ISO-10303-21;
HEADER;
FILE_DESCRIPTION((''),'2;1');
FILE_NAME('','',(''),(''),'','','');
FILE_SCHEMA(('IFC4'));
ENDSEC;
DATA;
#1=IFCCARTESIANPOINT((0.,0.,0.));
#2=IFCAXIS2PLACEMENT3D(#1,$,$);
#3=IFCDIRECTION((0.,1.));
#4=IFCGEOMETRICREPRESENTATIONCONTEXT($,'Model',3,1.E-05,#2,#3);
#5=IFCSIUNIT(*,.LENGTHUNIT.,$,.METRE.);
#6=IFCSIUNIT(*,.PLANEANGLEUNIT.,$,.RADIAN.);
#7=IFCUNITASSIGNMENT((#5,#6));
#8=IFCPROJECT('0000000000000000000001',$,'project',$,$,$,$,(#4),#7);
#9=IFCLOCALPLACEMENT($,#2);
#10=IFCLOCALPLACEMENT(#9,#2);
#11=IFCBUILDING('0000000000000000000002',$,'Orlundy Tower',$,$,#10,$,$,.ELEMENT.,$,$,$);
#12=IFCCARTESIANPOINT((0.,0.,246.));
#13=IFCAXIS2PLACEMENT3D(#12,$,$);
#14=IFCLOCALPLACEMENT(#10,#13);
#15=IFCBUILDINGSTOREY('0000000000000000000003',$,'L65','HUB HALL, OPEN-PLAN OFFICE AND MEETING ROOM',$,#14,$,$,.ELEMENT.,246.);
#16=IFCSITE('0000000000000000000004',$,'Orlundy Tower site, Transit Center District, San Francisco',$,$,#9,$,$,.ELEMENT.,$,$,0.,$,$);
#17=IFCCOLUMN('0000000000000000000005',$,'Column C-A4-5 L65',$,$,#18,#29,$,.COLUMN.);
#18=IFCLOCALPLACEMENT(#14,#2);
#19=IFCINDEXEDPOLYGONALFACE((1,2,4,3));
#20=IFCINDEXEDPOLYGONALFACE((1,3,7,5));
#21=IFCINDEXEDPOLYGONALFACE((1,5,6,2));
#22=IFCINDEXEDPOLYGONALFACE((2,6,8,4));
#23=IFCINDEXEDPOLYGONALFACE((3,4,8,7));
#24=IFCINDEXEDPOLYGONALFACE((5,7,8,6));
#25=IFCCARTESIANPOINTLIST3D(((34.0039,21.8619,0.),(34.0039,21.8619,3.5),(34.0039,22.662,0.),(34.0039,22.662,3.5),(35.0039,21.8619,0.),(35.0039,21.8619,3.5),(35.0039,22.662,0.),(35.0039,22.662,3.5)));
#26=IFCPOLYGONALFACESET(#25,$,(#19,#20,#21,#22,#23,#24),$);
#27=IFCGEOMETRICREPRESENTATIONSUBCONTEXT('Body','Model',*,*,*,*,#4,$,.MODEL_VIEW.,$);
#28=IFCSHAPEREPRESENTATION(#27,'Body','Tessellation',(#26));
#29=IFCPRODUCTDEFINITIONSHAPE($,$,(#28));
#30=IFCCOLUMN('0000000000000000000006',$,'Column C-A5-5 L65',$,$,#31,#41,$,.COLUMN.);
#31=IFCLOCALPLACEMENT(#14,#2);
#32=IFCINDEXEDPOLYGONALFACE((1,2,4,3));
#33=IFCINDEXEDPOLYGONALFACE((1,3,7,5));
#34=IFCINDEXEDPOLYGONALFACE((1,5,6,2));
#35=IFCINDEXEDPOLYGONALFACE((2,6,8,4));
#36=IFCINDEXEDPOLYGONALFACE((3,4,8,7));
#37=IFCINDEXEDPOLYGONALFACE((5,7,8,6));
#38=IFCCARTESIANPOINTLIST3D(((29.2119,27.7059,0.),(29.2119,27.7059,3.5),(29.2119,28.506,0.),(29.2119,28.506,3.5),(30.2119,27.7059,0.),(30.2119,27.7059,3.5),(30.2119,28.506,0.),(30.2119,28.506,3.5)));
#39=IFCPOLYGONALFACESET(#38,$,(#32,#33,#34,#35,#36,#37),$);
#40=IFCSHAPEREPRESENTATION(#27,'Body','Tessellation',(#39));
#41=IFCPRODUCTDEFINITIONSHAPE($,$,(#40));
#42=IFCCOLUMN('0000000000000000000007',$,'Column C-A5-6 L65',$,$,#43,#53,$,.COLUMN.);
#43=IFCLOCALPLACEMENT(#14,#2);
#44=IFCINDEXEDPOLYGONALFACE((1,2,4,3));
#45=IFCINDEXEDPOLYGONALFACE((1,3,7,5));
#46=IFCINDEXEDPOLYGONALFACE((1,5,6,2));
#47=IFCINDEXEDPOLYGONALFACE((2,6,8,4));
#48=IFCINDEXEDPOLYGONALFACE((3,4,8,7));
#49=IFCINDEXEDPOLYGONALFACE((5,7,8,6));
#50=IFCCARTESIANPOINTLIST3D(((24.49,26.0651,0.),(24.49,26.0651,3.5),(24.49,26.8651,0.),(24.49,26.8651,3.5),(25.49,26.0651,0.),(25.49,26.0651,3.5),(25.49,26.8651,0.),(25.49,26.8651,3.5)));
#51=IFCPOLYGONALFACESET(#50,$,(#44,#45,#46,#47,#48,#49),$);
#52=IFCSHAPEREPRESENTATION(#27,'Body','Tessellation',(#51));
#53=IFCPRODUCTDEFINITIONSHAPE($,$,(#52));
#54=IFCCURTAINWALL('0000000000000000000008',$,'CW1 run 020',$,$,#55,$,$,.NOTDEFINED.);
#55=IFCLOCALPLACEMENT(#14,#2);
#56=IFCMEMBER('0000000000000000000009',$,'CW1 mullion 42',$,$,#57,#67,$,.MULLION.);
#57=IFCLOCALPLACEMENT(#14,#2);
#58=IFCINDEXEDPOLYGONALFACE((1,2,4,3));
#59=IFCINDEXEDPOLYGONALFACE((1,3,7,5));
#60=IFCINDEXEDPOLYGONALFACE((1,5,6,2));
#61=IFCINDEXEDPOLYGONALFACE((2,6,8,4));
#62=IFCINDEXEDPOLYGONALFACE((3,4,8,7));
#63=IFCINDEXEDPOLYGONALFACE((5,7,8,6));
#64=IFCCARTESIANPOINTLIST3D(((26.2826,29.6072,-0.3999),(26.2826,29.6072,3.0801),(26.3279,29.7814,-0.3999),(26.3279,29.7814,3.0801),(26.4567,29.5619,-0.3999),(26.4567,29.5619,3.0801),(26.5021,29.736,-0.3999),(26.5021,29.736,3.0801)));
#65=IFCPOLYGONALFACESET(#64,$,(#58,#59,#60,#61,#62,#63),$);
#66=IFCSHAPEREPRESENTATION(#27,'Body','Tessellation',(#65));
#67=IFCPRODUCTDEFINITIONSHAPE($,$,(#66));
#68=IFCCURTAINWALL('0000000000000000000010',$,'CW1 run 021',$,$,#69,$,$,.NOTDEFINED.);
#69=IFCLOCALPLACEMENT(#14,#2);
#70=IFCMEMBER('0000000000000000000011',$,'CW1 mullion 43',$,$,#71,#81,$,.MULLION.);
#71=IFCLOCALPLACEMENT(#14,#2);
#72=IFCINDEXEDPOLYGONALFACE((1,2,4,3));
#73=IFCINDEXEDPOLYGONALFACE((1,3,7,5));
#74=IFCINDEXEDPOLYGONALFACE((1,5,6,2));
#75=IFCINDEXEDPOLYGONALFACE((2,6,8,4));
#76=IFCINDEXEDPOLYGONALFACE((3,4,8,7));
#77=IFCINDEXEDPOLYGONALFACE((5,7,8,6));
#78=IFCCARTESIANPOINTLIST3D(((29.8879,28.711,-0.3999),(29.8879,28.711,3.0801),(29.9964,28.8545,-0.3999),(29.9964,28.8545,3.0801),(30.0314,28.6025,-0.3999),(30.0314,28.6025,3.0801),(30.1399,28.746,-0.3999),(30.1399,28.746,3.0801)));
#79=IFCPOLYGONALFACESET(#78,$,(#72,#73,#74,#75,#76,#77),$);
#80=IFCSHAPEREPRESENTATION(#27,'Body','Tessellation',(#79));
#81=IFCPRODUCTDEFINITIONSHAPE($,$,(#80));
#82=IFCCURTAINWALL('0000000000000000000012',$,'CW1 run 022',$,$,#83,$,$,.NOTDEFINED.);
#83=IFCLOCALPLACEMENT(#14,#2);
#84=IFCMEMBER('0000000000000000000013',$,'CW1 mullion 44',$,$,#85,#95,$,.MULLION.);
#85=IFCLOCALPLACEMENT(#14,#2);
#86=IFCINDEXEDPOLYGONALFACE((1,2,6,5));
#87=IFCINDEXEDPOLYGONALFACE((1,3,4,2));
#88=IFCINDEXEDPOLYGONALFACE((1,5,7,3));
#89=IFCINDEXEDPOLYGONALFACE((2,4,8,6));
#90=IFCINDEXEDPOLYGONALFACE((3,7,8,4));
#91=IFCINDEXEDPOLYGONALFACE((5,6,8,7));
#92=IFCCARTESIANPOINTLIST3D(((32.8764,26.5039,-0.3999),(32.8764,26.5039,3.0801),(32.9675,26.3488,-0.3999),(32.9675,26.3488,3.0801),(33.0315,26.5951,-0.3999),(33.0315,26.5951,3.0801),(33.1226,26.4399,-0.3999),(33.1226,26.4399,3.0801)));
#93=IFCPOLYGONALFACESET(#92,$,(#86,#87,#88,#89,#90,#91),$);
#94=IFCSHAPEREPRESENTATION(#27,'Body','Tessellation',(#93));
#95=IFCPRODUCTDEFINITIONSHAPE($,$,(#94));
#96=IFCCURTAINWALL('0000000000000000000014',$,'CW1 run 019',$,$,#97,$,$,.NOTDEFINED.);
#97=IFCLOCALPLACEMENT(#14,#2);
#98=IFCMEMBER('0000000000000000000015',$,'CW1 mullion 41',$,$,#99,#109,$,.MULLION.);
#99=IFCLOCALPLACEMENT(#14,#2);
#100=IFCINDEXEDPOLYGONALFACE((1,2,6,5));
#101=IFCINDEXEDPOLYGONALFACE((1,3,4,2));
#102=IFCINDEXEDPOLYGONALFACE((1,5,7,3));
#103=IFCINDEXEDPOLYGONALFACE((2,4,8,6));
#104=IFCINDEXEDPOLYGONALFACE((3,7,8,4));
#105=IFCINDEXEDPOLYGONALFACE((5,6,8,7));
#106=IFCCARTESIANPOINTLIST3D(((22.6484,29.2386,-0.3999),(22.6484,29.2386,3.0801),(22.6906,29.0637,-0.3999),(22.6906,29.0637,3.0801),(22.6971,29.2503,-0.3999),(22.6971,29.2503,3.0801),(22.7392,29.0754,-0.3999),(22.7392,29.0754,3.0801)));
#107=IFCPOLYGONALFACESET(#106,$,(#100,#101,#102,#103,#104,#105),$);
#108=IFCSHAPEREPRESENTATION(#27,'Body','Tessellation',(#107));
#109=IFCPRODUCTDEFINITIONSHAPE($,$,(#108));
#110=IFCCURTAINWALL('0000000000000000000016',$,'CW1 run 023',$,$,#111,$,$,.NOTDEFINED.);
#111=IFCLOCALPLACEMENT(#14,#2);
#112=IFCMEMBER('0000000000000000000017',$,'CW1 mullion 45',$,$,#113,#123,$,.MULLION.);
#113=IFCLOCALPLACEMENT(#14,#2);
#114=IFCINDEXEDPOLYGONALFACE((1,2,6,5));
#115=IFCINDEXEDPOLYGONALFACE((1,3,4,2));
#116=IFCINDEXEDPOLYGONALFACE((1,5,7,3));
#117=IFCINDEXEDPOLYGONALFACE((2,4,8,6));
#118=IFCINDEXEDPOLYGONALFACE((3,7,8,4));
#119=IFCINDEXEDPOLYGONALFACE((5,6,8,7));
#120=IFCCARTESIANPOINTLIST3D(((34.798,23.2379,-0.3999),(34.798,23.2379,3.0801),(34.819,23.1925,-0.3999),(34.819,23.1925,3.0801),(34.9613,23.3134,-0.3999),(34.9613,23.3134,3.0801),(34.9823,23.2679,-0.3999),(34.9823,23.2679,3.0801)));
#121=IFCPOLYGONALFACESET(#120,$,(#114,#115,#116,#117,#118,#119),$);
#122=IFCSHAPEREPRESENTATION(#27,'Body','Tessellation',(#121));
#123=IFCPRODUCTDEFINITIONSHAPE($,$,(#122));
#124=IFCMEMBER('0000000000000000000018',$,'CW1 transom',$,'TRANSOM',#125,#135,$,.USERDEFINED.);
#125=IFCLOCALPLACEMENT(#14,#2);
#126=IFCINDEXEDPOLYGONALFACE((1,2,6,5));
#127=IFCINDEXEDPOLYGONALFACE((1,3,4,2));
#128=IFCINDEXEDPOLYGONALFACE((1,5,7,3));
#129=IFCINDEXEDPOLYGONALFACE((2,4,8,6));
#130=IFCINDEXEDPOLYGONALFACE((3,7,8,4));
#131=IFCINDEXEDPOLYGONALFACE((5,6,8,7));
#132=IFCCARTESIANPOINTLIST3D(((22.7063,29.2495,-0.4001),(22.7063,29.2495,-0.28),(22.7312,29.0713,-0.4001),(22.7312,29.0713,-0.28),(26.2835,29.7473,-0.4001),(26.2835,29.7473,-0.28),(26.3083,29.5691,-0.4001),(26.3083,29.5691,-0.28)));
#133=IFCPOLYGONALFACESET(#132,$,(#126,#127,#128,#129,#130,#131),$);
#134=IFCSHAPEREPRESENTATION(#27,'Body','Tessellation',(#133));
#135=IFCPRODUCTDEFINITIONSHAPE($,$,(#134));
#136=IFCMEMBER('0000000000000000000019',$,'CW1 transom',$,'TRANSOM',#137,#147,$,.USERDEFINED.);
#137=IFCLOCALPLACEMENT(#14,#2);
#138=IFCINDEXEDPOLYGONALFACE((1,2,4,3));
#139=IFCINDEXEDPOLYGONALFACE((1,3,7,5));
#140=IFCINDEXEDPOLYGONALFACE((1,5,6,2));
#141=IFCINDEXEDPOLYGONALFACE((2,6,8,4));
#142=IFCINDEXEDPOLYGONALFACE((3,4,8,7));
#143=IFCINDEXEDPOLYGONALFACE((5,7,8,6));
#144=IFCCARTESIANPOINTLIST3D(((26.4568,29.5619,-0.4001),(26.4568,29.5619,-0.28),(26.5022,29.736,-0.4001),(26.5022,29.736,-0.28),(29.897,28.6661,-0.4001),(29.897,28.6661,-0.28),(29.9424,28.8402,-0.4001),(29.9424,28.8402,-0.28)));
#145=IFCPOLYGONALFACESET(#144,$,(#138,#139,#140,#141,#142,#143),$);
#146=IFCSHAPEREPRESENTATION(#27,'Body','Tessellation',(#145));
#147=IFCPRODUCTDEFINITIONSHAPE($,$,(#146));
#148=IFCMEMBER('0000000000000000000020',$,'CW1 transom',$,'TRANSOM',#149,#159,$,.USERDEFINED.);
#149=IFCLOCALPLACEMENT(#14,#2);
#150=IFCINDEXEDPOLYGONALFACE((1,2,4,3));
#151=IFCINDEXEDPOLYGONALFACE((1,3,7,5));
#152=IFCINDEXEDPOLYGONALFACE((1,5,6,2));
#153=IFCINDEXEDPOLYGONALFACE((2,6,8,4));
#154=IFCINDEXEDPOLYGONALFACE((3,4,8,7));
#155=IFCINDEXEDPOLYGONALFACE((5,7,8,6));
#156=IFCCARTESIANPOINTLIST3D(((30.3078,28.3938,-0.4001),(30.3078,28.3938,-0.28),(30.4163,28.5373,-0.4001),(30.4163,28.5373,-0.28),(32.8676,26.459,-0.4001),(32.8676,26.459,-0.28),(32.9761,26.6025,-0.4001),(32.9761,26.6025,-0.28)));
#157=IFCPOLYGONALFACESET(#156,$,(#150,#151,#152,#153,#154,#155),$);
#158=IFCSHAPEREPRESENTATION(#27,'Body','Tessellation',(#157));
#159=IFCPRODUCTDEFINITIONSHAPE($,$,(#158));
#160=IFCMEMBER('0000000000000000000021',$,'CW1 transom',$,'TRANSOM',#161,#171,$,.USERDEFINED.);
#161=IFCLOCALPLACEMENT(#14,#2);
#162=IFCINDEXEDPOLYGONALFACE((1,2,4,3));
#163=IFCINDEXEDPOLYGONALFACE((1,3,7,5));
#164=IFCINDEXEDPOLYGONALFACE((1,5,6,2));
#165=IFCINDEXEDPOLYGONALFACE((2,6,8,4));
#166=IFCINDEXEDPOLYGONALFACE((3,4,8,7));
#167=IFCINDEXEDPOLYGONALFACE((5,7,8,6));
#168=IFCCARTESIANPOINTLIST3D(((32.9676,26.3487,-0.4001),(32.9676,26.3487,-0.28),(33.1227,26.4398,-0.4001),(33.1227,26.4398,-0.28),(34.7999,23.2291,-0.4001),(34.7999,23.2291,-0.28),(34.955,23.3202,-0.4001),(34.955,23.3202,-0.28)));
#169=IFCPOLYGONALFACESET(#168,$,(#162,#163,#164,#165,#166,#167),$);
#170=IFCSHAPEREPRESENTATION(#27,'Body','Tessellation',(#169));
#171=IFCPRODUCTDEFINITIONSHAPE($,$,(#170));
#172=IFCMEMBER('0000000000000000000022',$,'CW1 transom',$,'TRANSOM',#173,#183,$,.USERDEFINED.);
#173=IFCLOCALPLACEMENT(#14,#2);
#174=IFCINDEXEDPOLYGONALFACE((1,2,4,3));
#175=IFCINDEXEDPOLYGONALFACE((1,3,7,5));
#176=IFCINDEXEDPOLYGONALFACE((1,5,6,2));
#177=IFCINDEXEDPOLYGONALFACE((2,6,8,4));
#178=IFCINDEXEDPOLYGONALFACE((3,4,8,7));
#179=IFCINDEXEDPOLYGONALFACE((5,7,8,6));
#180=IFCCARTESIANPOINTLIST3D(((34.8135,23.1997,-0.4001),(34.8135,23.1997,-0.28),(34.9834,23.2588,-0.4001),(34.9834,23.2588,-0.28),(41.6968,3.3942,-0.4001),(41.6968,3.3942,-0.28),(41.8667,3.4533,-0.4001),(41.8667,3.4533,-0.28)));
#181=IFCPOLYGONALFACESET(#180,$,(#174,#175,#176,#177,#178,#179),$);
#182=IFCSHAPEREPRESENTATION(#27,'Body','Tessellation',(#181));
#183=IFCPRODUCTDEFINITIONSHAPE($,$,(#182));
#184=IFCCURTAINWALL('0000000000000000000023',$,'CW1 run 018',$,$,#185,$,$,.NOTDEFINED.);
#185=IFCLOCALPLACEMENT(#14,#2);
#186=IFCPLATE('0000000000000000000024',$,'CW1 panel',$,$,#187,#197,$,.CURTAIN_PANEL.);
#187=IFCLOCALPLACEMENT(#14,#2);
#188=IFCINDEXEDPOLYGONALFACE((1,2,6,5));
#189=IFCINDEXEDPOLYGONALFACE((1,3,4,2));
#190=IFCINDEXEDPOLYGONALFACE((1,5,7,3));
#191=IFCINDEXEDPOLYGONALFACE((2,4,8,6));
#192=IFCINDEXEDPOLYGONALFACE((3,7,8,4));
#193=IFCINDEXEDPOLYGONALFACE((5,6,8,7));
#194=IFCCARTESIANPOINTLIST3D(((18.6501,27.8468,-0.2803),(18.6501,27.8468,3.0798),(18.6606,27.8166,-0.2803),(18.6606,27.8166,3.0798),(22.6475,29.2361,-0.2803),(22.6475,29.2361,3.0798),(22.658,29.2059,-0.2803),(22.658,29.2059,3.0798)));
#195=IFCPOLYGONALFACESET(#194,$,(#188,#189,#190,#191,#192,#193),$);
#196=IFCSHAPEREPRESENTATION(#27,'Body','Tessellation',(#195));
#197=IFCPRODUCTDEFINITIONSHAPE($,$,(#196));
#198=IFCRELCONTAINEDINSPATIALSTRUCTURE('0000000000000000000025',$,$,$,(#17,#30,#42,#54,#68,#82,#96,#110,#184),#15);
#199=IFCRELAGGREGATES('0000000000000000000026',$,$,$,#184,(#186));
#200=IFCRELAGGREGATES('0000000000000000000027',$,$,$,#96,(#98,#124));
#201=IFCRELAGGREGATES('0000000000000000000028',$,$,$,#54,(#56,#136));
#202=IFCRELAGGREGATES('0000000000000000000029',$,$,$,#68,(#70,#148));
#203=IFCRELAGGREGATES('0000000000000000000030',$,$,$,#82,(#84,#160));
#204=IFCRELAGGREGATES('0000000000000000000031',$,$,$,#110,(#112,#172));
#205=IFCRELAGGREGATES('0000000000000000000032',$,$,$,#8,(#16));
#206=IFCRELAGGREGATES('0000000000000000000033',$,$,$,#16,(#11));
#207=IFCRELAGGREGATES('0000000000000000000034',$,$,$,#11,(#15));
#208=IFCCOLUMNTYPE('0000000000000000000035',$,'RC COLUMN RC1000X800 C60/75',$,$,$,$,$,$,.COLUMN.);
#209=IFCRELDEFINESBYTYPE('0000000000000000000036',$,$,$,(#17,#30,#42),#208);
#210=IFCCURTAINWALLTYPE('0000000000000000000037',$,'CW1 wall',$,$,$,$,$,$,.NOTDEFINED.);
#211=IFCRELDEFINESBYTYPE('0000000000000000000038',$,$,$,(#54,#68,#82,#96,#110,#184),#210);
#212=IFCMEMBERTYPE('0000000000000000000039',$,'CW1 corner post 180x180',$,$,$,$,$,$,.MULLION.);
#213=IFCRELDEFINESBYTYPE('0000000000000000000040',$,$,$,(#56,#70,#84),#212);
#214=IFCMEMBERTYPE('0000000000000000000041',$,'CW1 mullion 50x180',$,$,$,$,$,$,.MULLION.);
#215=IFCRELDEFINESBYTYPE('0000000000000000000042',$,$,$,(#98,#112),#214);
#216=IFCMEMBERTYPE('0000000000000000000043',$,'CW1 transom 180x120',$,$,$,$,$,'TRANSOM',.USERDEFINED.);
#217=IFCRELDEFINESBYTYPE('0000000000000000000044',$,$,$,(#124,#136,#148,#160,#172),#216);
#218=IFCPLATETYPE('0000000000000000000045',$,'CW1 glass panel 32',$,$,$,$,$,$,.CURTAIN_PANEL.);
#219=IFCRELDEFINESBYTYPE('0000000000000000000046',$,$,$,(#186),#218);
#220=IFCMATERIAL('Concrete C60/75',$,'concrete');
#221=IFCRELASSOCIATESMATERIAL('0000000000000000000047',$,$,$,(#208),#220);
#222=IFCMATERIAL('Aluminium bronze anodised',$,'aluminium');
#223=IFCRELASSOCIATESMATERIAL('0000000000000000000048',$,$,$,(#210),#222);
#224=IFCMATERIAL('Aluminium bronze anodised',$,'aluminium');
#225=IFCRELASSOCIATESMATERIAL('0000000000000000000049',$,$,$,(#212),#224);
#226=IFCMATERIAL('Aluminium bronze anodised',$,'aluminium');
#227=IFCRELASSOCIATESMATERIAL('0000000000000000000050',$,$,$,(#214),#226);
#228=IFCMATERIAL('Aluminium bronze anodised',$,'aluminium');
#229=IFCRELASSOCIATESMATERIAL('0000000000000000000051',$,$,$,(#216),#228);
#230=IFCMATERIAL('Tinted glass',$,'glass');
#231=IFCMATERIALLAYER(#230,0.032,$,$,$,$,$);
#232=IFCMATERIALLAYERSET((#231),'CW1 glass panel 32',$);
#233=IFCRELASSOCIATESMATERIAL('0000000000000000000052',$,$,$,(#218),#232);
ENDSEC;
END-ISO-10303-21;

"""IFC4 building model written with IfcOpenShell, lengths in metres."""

from ifc_helpers import new_model, si_unit, direction, frame, origin, origin_2d, place, context, subcontext, project, spatial, rectangle, extrude, material, layer, layer_set, material_profile, profile_set, type_object, element, aggregate, save


model = new_model("IFC4")

# Units and contexts
model_context = context("Model", 3, precision=1e-05, world=origin(), true_north=direction((0.0, 1.0)))
body_context = subcontext(model_context, "Body", "Model", "MODEL_VIEW")
ifc_project = project(units=[si_unit("LENGTHUNIT", "METRE"), si_unit("PLANEANGLEUNIT", "RADIAN")], contexts=[model_context])

# Site, building, storey
site_placement = place(None, origin())
site = spatial("IfcSite", under=ifc_project, at=site_placement, Name="Orlundy Tower site, Transit Center District, San Francisco", CompositionType="ELEMENT", RefElevation=0.0)
building_placement = place(site_placement, origin())
building = spatial("IfcBuilding", under=site, at=building_placement, Name="Orlundy Tower", CompositionType="ELEMENT")
storey_placement = place(building_placement, frame((0.0, 0.0, 246.0)))
storey = spatial("IfcBuildingStorey", under=building, at=storey_placement, Name="L65", Description="HUB HALL, OPEN-PLAN OFFICE AND MEETING ROOM", CompositionType="ELEMENT", Elevation=246.0)

# Columns
ifc_material_1 = material(Name="Concrete C60/75", Category="concrete")
ifc_material_profile_1 = material_profile(ifc_material_1, rectangle(XDim=1.0, YDim=0.8, at=origin_2d()), Name="RC1000X800")
ifc_profile_set_1 = profile_set([ifc_material_profile_1], Name="Concrete C60/75")
column_type = type_object("IfcColumnType", Name="RC COLUMN RC1000X800 C60/75", PredefinedType="COLUMN", material=ifc_profile_set_1)
for number, where, z_axis, x_axis, name in (
    (1, (34.5039, 22.262, 0.0), (0.0, 0.0, 1.0), (1.0, 0.0, 0.0), "Column C-A4-5 L65"),
    (2, (29.7119, 28.106, 0.0), (0.0, 0.0, 1.0), (1.0, 0.0, 0.0), "Column C-A5-5 L65"),
    (3, (24.99, 26.4651, 0.0), (0.0, 0.0, 1.0), (1.0, 0.0, 0.0), "Column C-A5-6 L65"),
):
    element("IfcColumn", number, at=place(storey_placement, frame(where, z_axis=z_axis, x_axis=x_axis)), inside=storey, type_object=column_type, Name=name, PredefinedType="COLUMN", context=body_context, shape_type="SweptSolid", body=[
        extrude(rectangle(XDim=1.0, YDim=0.8, at=origin_2d()), origin(), (0.0, 0.0, 1.0), 3.5),
    ])

# Curtain walls, members
ifc_material_2 = material(Name="Aluminium bronze anodised", Category="aluminium")
curtain_wall_type = type_object("IfcCurtainWallType", Name="CW1 wall", PredefinedType="NOTDEFINED", material=ifc_material_2)
curtain_wall_1_placement = place(storey_placement, origin())
curtain_wall_1 = element("IfcCurtainWall", 4, at=curtain_wall_1_placement, inside=storey, type_object=curtain_wall_type, Name="CW1 run 020", PredefinedType="NOTDEFINED")
ifc_material_3 = material(Name="Aluminium bronze anodised", Category="aluminium")
ifc_material_profile_2 = material_profile(ifc_material_3, rectangle(XDim=0.1799, YDim=0.1799, at=origin_2d()), Name="CW1 corner post 180x180")
ifc_profile_set_2 = profile_set([ifc_material_profile_2], Name="Aluminium bronze anodised")
member_type_1 = type_object("IfcMemberType", Name="CW1 corner post 180x180", PredefinedType="MULLION", material=ifc_profile_set_2)
member_1_placement = place(storey_placement, frame((26.3923, 29.6716, -0.3999), z_axis=(0.0, 0.0, 1.0), x_axis=(0.251983, 0.967732, 0.0)))
member_1 = element("IfcMember", 5, at=member_1_placement, type_object=member_type_1, Name="CW1 mullion 42", PredefinedType="MULLION", context=body_context, shape_type="SweptSolid", body=[
    extrude(rectangle(XDim=0.1799, YDim=0.1799, at=origin_2d()), origin(), (0.0, 0.0, 1.0), 3.48),
])
curtain_wall_2_placement = place(storey_placement, origin())
curtain_wall_2 = element("IfcCurtainWall", 6, at=curtain_wall_2_placement, inside=storey, type_object=curtain_wall_type, Name="CW1 run 021", PredefinedType="NOTDEFINED")
member_2_placement = place(storey_placement, frame((30.0139, 28.7285, -0.3999), z_axis=(0.0, 0.0, 1.0), x_axis=(0.602974, 0.797761, 0.0)))
member_2 = element("IfcMember", 7, at=member_2_placement, type_object=member_type_1, Name="CW1 mullion 43", PredefinedType="MULLION", context=body_context, shape_type="SweptSolid", body=[
    extrude(rectangle(XDim=0.1799, YDim=0.1799, at=origin_2d()), origin(), (0.0, 0.0, 1.0), 3.48),
])
curtain_wall_3_placement = place(storey_placement, origin())
curtain_wall_3 = element("IfcCurtainWall", 8, at=curtain_wall_3_placement, inside=storey, type_object=curtain_wall_type, Name="CW1 run 022", PredefinedType="NOTDEFINED")
member_3_placement = place(storey_placement, frame((32.9995, 26.4719, -0.3999), z_axis=(0.0, 0.0, 1.0), x_axis=(0.862288, 0.506419, 0.0)))
member_3 = element("IfcMember", 9, at=member_3_placement, type_object=member_type_1, Name="CW1 mullion 44", PredefinedType="MULLION", context=body_context, shape_type="SweptSolid", body=[
    extrude(rectangle(XDim=0.1799, YDim=0.1799, at=origin_2d()), origin(), (0.0, 0.0, 1.0), 3.48),
])
curtain_wall_4_placement = place(storey_placement, origin())
curtain_wall_4 = element("IfcCurtainWall", 10, at=curtain_wall_4_placement, inside=storey, type_object=curtain_wall_type, Name="CW1 run 019", PredefinedType="NOTDEFINED")
ifc_material_4 = material(Name="Aluminium bronze anodised", Category="aluminium")
ifc_material_profile_3 = material_profile(ifc_material_4, rectangle(XDim=0.1799, YDim=0.05, at=origin_2d()), Name="CW1 mullion 50x180")
ifc_profile_set_3 = profile_set([ifc_material_profile_3], Name="Aluminium bronze anodised")
member_type_2 = type_object("IfcMemberType", Name="CW1 mullion 50x180", PredefinedType="MULLION", material=ifc_profile_set_3)
member_4_placement = place(storey_placement, frame((22.6938, 29.157, -0.3999), z_axis=(0.0, 0.0, 1.0), x_axis=(-0.234192, 0.97219, 0.0)))
member_4 = element("IfcMember", 11, at=member_4_placement, type_object=member_type_2, Name="CW1 mullion 41", PredefinedType="MULLION", context=body_context, shape_type="SweptSolid", body=[
    extrude(rectangle(XDim=0.1799, YDim=0.05, at=origin_2d()), origin(), (0.0, 0.0, 1.0), 3.48),
])
curtain_wall_5_placement = place(storey_placement, origin())
curtain_wall_5 = element("IfcCurtainWall", 12, at=curtain_wall_5_placement, inside=storey, type_object=curtain_wall_type, Name="CW1 run 023", PredefinedType="NOTDEFINED")
member_5_placement = place(storey_placement, frame((34.8901, 23.2529, -0.3999), z_axis=(0.0, 0.0, 1.0), x_axis=(0.907812, 0.419377, 0.0)))
member_5 = element("IfcMember", 13, at=member_5_placement, type_object=member_type_2, Name="CW1 mullion 45", PredefinedType="MULLION", context=body_context, shape_type="SweptSolid", body=[
    extrude(rectangle(XDim=0.1799, YDim=0.05, at=origin_2d()), origin(), (0.0, 0.0, 1.0), 3.48),
])

# Members
ifc_material_5 = material(Name="Aluminium bronze anodised", Category="aluminium")
ifc_material_profile_4 = material_profile(ifc_material_5, rectangle(XDim=0.1799, YDim=0.1201, at=origin_2d()), Name="CW1 transom 180x120")
ifc_profile_set_4 = profile_set([ifc_material_profile_4], Name="Aluminium bronze anodised")
member_type_3 = type_object("IfcMemberType", Name="CW1 transom 180x120", ElementType="TRANSOM", PredefinedType="USERDEFINED", material=ifc_profile_set_4)
member_6_placement = place(storey_placement, frame((22.7188, 29.1604, -0.3401), z_axis=(0.990455, 0.137834, 0.0), x_axis=(-0.137834, 0.990455, 0.0)))
member_6 = element("IfcMember", 14, at=member_6_placement, type_object=member_type_3, Name="CW1 transom", ObjectType="TRANSOM", PredefinedType="USERDEFINED", context=body_context, shape_type="SweptSolid", body=[
    extrude(rectangle(XDim=0.1799, YDim=0.1201, at=origin_2d()), origin(), (0.0, 0.0, 1.0), 3.6116),
])
member_7_placement = place(storey_placement, frame((26.4795, 29.6489, -0.3401), z_axis=(0.967733, -0.251977, 0.0), x_axis=(0.251977, 0.967733, 0.0)))
member_7 = element("IfcMember", 15, at=member_7_placement, type_object=member_type_3, Name="CW1 transom", ObjectType="TRANSOM", PredefinedType="USERDEFINED", context=body_context, shape_type="SweptSolid", body=[
    extrude(rectangle(XDim=0.1799, YDim=0.1201, at=origin_2d()), origin(), (0.0, 0.0, 1.0), 3.5549),
])
member_8_placement = place(storey_placement, frame((30.3621, 28.4656, -0.3401), z_axis=(0.797758, -0.602978, 0.0), x_axis=(0.602978, 0.797758, 0.0)))
member_8 = element("IfcMember", 16, at=member_8_placement, type_object=member_type_3, Name="CW1 transom", ObjectType="TRANSOM", PredefinedType="USERDEFINED", context=body_context, shape_type="SweptSolid", body=[
    extrude(rectangle(XDim=0.1799, YDim=0.1201, at=origin_2d()), origin(), (0.0, 0.0, 1.0), 3.2087),
])
member_9_placement = place(storey_placement, frame((33.0452, 26.3943, -0.3401), z_axis=(0.506445, -0.862272, 0.0), x_axis=(0.862272, 0.506445, 0.0)))
member_9 = element("IfcMember", 17, at=member_9_placement, type_object=member_type_3, Name="CW1 transom", ObjectType="TRANSOM", PredefinedType="USERDEFINED", context=body_context, shape_type="SweptSolid", body=[
    extrude(rectangle(XDim=0.1799, YDim=0.1201, at=origin_2d()), origin(), (0.0, 0.0, 1.0), 3.6179),
])
member_10_placement = place(storey_placement, frame((34.8984, 23.2292, -0.3401), z_axis=(0.328285, -0.944579, 0.0), x_axis=(0.944579, 0.328285, 0.0)))
member_10 = element("IfcMember", 18, at=member_10_placement, type_object=member_type_3, Name="CW1 transom", ObjectType="TRANSOM", PredefinedType="USERDEFINED", context=body_context, shape_type="SweptSolid", body=[
    extrude(rectangle(XDim=0.1799, YDim=0.1201, at=origin_2d()), origin(), (0.0, 0.0, 1.0), 20.9675),
])

# Curtain wall, plate
curtain_wall_6_placement = place(storey_placement, origin())
curtain_wall_6 = element("IfcCurtainWall", 19, at=curtain_wall_6_placement, inside=storey, type_object=curtain_wall_type, Name="CW1 run 018", PredefinedType="NOTDEFINED")
ifc_material_6 = material(Name="Tinted glass", Category="glass")
ifc_layer = layer(ifc_material_6, 0.032)
ifc_layer_set = layer_set([ifc_layer], Name="CW1 glass panel 32")
plate_type = type_object("IfcPlateType", Name="CW1 glass panel 32", PredefinedType="CURTAIN_PANEL", material=ifc_layer_set)
plate_1_placement = place(storey_placement, frame((20.6541, 28.5264, -0.2803), z_axis=(0.0, 0.0, 1.0), x_axis=(0.944574, 0.328298, 0.0)))
plate_1 = element("IfcPlate", 20, at=plate_1_placement, type_object=plate_type, Name="CW1 panel", PredefinedType="CURTAIN_PANEL", context=body_context, shape_type="SweptSolid", body=[
    extrude(rectangle(XDim=4.2319, YDim=0.032, at=origin_2d()), origin(), (0.0, 0.0, 1.0), 3.3601),
])
aggregate(curtain_wall_6, [plate_1])

aggregate(curtain_wall_4, [member_4, member_6])
aggregate(curtain_wall_1, [member_1, member_7])
aggregate(curtain_wall_2, [member_2, member_8])
aggregate(curtain_wall_3, [member_3, member_9])
aggregate(curtain_wall_5, [member_5, member_10])

save(model, "model.ifc")
